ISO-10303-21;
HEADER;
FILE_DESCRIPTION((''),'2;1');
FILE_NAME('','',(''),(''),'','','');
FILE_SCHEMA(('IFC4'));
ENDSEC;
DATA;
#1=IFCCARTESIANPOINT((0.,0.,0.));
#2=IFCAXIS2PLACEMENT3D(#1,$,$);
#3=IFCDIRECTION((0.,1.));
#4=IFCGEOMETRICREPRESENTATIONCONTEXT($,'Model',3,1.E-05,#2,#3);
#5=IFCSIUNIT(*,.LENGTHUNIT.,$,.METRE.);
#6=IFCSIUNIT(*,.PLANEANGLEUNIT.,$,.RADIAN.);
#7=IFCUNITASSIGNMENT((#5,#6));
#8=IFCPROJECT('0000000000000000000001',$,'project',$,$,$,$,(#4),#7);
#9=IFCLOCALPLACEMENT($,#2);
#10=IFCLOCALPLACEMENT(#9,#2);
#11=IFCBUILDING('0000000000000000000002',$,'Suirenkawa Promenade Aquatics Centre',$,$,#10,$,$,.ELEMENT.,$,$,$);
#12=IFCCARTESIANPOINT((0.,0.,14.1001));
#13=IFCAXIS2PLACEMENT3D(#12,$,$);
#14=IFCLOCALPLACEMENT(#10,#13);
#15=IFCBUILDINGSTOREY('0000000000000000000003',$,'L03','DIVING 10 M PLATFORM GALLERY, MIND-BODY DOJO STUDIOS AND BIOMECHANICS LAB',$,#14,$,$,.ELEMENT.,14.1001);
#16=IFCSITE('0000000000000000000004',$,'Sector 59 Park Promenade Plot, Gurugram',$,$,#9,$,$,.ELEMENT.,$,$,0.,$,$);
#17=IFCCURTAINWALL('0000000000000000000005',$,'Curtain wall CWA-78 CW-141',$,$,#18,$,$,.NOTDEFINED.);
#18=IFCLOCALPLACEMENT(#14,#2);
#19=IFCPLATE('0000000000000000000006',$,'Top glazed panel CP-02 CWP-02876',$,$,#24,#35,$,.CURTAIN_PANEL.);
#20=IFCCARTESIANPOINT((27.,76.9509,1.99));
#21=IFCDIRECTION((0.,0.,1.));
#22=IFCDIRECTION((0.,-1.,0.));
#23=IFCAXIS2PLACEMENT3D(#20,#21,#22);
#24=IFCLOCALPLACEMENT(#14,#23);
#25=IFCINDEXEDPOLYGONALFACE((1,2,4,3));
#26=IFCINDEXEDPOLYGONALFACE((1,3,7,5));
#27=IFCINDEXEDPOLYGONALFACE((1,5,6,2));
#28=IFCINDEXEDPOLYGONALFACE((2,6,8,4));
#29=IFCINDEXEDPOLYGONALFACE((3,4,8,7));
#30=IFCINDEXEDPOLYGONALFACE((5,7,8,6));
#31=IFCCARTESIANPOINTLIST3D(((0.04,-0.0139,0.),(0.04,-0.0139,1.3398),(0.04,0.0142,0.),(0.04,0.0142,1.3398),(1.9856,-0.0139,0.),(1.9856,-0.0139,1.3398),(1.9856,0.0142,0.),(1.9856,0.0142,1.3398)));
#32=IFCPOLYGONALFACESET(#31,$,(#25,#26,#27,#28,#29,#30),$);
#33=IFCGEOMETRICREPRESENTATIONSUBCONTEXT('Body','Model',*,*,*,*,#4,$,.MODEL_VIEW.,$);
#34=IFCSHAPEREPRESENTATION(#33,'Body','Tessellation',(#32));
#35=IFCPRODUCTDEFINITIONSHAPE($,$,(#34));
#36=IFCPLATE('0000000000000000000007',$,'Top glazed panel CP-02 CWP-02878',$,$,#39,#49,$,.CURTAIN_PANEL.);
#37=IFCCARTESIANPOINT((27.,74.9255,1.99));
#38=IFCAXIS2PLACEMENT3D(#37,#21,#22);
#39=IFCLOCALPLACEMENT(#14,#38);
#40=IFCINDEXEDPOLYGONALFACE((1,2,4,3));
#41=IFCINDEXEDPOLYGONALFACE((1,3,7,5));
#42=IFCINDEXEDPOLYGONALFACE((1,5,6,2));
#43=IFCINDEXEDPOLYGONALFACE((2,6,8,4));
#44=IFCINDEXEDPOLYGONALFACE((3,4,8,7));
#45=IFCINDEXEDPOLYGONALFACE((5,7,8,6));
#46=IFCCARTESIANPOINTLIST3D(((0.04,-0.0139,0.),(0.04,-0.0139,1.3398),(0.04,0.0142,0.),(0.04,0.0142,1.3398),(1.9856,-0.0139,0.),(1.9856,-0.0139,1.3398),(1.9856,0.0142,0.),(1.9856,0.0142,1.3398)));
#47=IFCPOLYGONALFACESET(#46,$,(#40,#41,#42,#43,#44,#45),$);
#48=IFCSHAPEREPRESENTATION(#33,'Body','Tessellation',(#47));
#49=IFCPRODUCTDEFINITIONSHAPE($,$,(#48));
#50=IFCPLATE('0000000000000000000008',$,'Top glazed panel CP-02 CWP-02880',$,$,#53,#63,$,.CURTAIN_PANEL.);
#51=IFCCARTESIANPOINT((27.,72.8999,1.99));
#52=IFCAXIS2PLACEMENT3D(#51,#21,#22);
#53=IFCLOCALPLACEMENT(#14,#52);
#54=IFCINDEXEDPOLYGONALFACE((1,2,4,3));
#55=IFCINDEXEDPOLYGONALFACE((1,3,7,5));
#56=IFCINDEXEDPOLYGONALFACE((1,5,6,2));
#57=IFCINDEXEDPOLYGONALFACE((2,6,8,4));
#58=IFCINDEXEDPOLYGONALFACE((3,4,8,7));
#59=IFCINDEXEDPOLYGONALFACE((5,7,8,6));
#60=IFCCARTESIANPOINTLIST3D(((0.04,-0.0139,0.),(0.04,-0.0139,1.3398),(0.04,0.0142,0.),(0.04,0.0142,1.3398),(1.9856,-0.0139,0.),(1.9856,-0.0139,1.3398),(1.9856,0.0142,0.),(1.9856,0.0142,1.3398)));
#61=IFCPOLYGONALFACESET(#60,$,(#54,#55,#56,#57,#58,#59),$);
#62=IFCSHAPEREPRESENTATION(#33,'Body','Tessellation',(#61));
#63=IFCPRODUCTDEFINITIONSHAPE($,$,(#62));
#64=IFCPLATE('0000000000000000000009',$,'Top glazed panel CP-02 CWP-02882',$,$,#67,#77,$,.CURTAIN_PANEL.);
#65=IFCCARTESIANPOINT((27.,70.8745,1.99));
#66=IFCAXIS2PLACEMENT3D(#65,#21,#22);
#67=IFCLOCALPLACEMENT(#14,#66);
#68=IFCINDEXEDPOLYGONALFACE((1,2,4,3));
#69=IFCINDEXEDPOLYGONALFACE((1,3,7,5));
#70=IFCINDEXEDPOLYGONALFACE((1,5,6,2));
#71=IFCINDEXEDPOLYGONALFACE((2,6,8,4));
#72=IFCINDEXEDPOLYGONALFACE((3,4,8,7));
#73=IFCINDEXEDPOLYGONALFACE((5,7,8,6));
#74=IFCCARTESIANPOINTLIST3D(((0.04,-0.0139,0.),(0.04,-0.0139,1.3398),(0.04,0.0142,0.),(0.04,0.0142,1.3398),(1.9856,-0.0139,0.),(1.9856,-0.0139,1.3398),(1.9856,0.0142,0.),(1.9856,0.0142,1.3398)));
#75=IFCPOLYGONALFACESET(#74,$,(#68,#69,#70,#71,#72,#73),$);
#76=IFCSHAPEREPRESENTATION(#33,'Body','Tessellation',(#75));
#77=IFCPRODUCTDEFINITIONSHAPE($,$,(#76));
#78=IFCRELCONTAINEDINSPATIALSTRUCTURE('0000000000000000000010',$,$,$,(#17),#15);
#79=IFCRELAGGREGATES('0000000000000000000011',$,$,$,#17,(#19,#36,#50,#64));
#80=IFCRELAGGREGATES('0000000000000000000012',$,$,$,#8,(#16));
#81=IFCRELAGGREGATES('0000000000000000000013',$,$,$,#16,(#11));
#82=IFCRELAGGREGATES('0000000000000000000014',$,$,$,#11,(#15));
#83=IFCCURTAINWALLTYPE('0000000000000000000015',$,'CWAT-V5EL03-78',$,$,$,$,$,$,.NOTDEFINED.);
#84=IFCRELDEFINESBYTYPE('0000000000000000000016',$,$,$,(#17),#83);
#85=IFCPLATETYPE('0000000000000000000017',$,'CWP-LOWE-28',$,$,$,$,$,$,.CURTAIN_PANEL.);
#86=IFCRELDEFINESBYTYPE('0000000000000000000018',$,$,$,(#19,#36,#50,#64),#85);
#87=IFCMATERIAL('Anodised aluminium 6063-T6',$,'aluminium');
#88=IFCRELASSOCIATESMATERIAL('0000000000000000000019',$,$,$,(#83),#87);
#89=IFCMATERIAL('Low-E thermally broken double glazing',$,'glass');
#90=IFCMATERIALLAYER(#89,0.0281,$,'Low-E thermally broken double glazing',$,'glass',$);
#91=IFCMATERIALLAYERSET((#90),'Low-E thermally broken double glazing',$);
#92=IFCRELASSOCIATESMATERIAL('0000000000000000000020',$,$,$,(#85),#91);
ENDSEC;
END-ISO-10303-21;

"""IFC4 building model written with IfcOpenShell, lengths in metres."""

from ifc_helpers import new_model, si_unit, direction, frame, origin, place, context, subcontext, project, spatial, polyline, outline, extrude, material, layer, layer_set, type_object, element, aggregate, save


model = new_model("IFC4")

# Units and contexts
model_context = context("Model", 3, precision=1e-05, world=origin(), true_north=direction((0.0, 1.0)))
body_context = subcontext(model_context, "Body", "Model", "MODEL_VIEW")
ifc_project = project(units=[si_unit("LENGTHUNIT", "METRE"), si_unit("PLANEANGLEUNIT", "RADIAN")], contexts=[model_context])

# Site, building, storey
site_placement = place(None, origin())
site = spatial("IfcSite", under=ifc_project, at=site_placement, Name="Sector 59 Park Promenade Plot, Gurugram", CompositionType="ELEMENT", RefElevation=0.0)
building_placement = place(site_placement, origin())
building = spatial("IfcBuilding", under=site, at=building_placement, Name="Suirenkawa Promenade Aquatics Centre", CompositionType="ELEMENT")
storey_placement = place(building_placement, frame((0.0, 0.0, 14.1001)))
storey = spatial("IfcBuildingStorey", under=building, at=storey_placement, Name="L03", Description="DIVING 10 M PLATFORM GALLERY, MIND-BODY DOJO STUDIOS AND BIOMECHANICS LAB", CompositionType="ELEMENT", Elevation=14.1001)

# Curtain wall, plates
ifc_material_1 = material(Name="Anodised aluminium 6063-T6", Category="aluminium")
curtain_wall_type = type_object("IfcCurtainWallType", Name="CWAT-V5EL03-78", PredefinedType="NOTDEFINED", material=ifc_material_1)
curtain_wall_placement = place(storey_placement, origin())
curtain_wall = element("IfcCurtainWall", 1, at=curtain_wall_placement, inside=storey, type_object=curtain_wall_type, Name="Curtain wall CWA-78 CW-141", PredefinedType="NOTDEFINED")
ifc_material_2 = material(Name="Low-E thermally broken double glazing", Category="glass")
ifc_layer_1 = layer(ifc_material_2, 0.0281, Name="Low-E thermally broken double glazing", Category="glass")
ifc_layer_set_1 = layer_set([ifc_layer_1], Name="Low-E thermally broken double glazing")
plate_type = type_object("IfcPlateType", Name="CWP-LOWE-28", PredefinedType="CURTAIN_PANEL", material=ifc_layer_set_1)
plate_1_placement = place(storey_placement, frame((27.0, 76.9509, 1.99), z_axis=(0.0, 0.0, 1.0), x_axis=(0.0, -1.0, 0.0)))
plate_1 = element("IfcPlate", 2, at=plate_1_placement, type_object=plate_type, Name="Top glazed panel CP-02 CWP-02876", PredefinedType="CURTAIN_PANEL", context=body_context, shape_type="SweptSolid", body=[
    extrude(outline(polyline([(0.04, 0.0), (1.9856, 0.0), (1.9856, 1.3398), (0.04, 1.3398), (0.04, 0.0)])), frame((0.0, 0.0142, 0.0), z_axis=(0.0, -1.0, 0.0), x_axis=(1.0, 0.0, 0.0)), (0.0, 0.0, 1.0), 0.0281),
])
plate_2_placement = place(storey_placement, frame((27.0, 74.9255, 1.99), z_axis=(0.0, 0.0, 1.0), x_axis=(0.0, -1.0, 0.0)))
plate_2 = element("IfcPlate", 3, at=plate_2_placement, type_object=plate_type, Name="Top glazed panel CP-02 CWP-02878", PredefinedType="CURTAIN_PANEL", context=body_context, shape_type="SweptSolid", body=[
    extrude(outline(polyline([(0.04, 0.0), (1.9856, 0.0), (1.9856, 1.3398), (0.04, 1.3398), (0.04, 0.0)])), frame((0.0, 0.0142, 0.0), z_axis=(0.0, -1.0, 0.0), x_axis=(1.0, 0.0, 0.0)), (0.0, 0.0, 1.0), 0.0281),
])
plate_3_placement = place(storey_placement, frame((27.0, 72.8999, 1.99), z_axis=(0.0, 0.0, 1.0), x_axis=(0.0, -1.0, 0.0)))
plate_3 = element("IfcPlate", 4, at=plate_3_placement, type_object=plate_type, Name="Top glazed panel CP-02 CWP-02880", PredefinedType="CURTAIN_PANEL", context=body_context, shape_type="SweptSolid", body=[
    extrude(outline(polyline([(0.04, 0.0), (1.9856, 0.0), (1.9856, 1.3398), (0.04, 1.3398), (0.04, 0.0)])), frame((0.0, 0.0142, 0.0), z_axis=(0.0, -1.0, 0.0), x_axis=(1.0, 0.0, 0.0)), (0.0, 0.0, 1.0), 0.0281),
])
plate_4_placement = place(storey_placement, frame((27.0, 70.8745, 1.99), z_axis=(0.0, 0.0, 1.0), x_axis=(0.0, -1.0, 0.0)))
plate_4 = element("IfcPlate", 5, at=plate_4_placement, type_object=plate_type, Name="Top glazed panel CP-02 CWP-02882", PredefinedType="CURTAIN_PANEL", context=body_context, shape_type="SweptSolid", body=[
    extrude(outline(polyline([(0.04, 0.0), (1.9856, 0.0), (1.9856, 1.3398), (0.04, 1.3398), (0.04, 0.0)])), frame((0.0, 0.0142, 0.0), z_axis=(0.0, -1.0, 0.0), x_axis=(1.0, 0.0, 0.0)), (0.0, 0.0, 1.0), 0.0281),
])
aggregate(curtain_wall, [plate_1, plate_2, plate_3, plate_4])

save(model, "model.ifc")
